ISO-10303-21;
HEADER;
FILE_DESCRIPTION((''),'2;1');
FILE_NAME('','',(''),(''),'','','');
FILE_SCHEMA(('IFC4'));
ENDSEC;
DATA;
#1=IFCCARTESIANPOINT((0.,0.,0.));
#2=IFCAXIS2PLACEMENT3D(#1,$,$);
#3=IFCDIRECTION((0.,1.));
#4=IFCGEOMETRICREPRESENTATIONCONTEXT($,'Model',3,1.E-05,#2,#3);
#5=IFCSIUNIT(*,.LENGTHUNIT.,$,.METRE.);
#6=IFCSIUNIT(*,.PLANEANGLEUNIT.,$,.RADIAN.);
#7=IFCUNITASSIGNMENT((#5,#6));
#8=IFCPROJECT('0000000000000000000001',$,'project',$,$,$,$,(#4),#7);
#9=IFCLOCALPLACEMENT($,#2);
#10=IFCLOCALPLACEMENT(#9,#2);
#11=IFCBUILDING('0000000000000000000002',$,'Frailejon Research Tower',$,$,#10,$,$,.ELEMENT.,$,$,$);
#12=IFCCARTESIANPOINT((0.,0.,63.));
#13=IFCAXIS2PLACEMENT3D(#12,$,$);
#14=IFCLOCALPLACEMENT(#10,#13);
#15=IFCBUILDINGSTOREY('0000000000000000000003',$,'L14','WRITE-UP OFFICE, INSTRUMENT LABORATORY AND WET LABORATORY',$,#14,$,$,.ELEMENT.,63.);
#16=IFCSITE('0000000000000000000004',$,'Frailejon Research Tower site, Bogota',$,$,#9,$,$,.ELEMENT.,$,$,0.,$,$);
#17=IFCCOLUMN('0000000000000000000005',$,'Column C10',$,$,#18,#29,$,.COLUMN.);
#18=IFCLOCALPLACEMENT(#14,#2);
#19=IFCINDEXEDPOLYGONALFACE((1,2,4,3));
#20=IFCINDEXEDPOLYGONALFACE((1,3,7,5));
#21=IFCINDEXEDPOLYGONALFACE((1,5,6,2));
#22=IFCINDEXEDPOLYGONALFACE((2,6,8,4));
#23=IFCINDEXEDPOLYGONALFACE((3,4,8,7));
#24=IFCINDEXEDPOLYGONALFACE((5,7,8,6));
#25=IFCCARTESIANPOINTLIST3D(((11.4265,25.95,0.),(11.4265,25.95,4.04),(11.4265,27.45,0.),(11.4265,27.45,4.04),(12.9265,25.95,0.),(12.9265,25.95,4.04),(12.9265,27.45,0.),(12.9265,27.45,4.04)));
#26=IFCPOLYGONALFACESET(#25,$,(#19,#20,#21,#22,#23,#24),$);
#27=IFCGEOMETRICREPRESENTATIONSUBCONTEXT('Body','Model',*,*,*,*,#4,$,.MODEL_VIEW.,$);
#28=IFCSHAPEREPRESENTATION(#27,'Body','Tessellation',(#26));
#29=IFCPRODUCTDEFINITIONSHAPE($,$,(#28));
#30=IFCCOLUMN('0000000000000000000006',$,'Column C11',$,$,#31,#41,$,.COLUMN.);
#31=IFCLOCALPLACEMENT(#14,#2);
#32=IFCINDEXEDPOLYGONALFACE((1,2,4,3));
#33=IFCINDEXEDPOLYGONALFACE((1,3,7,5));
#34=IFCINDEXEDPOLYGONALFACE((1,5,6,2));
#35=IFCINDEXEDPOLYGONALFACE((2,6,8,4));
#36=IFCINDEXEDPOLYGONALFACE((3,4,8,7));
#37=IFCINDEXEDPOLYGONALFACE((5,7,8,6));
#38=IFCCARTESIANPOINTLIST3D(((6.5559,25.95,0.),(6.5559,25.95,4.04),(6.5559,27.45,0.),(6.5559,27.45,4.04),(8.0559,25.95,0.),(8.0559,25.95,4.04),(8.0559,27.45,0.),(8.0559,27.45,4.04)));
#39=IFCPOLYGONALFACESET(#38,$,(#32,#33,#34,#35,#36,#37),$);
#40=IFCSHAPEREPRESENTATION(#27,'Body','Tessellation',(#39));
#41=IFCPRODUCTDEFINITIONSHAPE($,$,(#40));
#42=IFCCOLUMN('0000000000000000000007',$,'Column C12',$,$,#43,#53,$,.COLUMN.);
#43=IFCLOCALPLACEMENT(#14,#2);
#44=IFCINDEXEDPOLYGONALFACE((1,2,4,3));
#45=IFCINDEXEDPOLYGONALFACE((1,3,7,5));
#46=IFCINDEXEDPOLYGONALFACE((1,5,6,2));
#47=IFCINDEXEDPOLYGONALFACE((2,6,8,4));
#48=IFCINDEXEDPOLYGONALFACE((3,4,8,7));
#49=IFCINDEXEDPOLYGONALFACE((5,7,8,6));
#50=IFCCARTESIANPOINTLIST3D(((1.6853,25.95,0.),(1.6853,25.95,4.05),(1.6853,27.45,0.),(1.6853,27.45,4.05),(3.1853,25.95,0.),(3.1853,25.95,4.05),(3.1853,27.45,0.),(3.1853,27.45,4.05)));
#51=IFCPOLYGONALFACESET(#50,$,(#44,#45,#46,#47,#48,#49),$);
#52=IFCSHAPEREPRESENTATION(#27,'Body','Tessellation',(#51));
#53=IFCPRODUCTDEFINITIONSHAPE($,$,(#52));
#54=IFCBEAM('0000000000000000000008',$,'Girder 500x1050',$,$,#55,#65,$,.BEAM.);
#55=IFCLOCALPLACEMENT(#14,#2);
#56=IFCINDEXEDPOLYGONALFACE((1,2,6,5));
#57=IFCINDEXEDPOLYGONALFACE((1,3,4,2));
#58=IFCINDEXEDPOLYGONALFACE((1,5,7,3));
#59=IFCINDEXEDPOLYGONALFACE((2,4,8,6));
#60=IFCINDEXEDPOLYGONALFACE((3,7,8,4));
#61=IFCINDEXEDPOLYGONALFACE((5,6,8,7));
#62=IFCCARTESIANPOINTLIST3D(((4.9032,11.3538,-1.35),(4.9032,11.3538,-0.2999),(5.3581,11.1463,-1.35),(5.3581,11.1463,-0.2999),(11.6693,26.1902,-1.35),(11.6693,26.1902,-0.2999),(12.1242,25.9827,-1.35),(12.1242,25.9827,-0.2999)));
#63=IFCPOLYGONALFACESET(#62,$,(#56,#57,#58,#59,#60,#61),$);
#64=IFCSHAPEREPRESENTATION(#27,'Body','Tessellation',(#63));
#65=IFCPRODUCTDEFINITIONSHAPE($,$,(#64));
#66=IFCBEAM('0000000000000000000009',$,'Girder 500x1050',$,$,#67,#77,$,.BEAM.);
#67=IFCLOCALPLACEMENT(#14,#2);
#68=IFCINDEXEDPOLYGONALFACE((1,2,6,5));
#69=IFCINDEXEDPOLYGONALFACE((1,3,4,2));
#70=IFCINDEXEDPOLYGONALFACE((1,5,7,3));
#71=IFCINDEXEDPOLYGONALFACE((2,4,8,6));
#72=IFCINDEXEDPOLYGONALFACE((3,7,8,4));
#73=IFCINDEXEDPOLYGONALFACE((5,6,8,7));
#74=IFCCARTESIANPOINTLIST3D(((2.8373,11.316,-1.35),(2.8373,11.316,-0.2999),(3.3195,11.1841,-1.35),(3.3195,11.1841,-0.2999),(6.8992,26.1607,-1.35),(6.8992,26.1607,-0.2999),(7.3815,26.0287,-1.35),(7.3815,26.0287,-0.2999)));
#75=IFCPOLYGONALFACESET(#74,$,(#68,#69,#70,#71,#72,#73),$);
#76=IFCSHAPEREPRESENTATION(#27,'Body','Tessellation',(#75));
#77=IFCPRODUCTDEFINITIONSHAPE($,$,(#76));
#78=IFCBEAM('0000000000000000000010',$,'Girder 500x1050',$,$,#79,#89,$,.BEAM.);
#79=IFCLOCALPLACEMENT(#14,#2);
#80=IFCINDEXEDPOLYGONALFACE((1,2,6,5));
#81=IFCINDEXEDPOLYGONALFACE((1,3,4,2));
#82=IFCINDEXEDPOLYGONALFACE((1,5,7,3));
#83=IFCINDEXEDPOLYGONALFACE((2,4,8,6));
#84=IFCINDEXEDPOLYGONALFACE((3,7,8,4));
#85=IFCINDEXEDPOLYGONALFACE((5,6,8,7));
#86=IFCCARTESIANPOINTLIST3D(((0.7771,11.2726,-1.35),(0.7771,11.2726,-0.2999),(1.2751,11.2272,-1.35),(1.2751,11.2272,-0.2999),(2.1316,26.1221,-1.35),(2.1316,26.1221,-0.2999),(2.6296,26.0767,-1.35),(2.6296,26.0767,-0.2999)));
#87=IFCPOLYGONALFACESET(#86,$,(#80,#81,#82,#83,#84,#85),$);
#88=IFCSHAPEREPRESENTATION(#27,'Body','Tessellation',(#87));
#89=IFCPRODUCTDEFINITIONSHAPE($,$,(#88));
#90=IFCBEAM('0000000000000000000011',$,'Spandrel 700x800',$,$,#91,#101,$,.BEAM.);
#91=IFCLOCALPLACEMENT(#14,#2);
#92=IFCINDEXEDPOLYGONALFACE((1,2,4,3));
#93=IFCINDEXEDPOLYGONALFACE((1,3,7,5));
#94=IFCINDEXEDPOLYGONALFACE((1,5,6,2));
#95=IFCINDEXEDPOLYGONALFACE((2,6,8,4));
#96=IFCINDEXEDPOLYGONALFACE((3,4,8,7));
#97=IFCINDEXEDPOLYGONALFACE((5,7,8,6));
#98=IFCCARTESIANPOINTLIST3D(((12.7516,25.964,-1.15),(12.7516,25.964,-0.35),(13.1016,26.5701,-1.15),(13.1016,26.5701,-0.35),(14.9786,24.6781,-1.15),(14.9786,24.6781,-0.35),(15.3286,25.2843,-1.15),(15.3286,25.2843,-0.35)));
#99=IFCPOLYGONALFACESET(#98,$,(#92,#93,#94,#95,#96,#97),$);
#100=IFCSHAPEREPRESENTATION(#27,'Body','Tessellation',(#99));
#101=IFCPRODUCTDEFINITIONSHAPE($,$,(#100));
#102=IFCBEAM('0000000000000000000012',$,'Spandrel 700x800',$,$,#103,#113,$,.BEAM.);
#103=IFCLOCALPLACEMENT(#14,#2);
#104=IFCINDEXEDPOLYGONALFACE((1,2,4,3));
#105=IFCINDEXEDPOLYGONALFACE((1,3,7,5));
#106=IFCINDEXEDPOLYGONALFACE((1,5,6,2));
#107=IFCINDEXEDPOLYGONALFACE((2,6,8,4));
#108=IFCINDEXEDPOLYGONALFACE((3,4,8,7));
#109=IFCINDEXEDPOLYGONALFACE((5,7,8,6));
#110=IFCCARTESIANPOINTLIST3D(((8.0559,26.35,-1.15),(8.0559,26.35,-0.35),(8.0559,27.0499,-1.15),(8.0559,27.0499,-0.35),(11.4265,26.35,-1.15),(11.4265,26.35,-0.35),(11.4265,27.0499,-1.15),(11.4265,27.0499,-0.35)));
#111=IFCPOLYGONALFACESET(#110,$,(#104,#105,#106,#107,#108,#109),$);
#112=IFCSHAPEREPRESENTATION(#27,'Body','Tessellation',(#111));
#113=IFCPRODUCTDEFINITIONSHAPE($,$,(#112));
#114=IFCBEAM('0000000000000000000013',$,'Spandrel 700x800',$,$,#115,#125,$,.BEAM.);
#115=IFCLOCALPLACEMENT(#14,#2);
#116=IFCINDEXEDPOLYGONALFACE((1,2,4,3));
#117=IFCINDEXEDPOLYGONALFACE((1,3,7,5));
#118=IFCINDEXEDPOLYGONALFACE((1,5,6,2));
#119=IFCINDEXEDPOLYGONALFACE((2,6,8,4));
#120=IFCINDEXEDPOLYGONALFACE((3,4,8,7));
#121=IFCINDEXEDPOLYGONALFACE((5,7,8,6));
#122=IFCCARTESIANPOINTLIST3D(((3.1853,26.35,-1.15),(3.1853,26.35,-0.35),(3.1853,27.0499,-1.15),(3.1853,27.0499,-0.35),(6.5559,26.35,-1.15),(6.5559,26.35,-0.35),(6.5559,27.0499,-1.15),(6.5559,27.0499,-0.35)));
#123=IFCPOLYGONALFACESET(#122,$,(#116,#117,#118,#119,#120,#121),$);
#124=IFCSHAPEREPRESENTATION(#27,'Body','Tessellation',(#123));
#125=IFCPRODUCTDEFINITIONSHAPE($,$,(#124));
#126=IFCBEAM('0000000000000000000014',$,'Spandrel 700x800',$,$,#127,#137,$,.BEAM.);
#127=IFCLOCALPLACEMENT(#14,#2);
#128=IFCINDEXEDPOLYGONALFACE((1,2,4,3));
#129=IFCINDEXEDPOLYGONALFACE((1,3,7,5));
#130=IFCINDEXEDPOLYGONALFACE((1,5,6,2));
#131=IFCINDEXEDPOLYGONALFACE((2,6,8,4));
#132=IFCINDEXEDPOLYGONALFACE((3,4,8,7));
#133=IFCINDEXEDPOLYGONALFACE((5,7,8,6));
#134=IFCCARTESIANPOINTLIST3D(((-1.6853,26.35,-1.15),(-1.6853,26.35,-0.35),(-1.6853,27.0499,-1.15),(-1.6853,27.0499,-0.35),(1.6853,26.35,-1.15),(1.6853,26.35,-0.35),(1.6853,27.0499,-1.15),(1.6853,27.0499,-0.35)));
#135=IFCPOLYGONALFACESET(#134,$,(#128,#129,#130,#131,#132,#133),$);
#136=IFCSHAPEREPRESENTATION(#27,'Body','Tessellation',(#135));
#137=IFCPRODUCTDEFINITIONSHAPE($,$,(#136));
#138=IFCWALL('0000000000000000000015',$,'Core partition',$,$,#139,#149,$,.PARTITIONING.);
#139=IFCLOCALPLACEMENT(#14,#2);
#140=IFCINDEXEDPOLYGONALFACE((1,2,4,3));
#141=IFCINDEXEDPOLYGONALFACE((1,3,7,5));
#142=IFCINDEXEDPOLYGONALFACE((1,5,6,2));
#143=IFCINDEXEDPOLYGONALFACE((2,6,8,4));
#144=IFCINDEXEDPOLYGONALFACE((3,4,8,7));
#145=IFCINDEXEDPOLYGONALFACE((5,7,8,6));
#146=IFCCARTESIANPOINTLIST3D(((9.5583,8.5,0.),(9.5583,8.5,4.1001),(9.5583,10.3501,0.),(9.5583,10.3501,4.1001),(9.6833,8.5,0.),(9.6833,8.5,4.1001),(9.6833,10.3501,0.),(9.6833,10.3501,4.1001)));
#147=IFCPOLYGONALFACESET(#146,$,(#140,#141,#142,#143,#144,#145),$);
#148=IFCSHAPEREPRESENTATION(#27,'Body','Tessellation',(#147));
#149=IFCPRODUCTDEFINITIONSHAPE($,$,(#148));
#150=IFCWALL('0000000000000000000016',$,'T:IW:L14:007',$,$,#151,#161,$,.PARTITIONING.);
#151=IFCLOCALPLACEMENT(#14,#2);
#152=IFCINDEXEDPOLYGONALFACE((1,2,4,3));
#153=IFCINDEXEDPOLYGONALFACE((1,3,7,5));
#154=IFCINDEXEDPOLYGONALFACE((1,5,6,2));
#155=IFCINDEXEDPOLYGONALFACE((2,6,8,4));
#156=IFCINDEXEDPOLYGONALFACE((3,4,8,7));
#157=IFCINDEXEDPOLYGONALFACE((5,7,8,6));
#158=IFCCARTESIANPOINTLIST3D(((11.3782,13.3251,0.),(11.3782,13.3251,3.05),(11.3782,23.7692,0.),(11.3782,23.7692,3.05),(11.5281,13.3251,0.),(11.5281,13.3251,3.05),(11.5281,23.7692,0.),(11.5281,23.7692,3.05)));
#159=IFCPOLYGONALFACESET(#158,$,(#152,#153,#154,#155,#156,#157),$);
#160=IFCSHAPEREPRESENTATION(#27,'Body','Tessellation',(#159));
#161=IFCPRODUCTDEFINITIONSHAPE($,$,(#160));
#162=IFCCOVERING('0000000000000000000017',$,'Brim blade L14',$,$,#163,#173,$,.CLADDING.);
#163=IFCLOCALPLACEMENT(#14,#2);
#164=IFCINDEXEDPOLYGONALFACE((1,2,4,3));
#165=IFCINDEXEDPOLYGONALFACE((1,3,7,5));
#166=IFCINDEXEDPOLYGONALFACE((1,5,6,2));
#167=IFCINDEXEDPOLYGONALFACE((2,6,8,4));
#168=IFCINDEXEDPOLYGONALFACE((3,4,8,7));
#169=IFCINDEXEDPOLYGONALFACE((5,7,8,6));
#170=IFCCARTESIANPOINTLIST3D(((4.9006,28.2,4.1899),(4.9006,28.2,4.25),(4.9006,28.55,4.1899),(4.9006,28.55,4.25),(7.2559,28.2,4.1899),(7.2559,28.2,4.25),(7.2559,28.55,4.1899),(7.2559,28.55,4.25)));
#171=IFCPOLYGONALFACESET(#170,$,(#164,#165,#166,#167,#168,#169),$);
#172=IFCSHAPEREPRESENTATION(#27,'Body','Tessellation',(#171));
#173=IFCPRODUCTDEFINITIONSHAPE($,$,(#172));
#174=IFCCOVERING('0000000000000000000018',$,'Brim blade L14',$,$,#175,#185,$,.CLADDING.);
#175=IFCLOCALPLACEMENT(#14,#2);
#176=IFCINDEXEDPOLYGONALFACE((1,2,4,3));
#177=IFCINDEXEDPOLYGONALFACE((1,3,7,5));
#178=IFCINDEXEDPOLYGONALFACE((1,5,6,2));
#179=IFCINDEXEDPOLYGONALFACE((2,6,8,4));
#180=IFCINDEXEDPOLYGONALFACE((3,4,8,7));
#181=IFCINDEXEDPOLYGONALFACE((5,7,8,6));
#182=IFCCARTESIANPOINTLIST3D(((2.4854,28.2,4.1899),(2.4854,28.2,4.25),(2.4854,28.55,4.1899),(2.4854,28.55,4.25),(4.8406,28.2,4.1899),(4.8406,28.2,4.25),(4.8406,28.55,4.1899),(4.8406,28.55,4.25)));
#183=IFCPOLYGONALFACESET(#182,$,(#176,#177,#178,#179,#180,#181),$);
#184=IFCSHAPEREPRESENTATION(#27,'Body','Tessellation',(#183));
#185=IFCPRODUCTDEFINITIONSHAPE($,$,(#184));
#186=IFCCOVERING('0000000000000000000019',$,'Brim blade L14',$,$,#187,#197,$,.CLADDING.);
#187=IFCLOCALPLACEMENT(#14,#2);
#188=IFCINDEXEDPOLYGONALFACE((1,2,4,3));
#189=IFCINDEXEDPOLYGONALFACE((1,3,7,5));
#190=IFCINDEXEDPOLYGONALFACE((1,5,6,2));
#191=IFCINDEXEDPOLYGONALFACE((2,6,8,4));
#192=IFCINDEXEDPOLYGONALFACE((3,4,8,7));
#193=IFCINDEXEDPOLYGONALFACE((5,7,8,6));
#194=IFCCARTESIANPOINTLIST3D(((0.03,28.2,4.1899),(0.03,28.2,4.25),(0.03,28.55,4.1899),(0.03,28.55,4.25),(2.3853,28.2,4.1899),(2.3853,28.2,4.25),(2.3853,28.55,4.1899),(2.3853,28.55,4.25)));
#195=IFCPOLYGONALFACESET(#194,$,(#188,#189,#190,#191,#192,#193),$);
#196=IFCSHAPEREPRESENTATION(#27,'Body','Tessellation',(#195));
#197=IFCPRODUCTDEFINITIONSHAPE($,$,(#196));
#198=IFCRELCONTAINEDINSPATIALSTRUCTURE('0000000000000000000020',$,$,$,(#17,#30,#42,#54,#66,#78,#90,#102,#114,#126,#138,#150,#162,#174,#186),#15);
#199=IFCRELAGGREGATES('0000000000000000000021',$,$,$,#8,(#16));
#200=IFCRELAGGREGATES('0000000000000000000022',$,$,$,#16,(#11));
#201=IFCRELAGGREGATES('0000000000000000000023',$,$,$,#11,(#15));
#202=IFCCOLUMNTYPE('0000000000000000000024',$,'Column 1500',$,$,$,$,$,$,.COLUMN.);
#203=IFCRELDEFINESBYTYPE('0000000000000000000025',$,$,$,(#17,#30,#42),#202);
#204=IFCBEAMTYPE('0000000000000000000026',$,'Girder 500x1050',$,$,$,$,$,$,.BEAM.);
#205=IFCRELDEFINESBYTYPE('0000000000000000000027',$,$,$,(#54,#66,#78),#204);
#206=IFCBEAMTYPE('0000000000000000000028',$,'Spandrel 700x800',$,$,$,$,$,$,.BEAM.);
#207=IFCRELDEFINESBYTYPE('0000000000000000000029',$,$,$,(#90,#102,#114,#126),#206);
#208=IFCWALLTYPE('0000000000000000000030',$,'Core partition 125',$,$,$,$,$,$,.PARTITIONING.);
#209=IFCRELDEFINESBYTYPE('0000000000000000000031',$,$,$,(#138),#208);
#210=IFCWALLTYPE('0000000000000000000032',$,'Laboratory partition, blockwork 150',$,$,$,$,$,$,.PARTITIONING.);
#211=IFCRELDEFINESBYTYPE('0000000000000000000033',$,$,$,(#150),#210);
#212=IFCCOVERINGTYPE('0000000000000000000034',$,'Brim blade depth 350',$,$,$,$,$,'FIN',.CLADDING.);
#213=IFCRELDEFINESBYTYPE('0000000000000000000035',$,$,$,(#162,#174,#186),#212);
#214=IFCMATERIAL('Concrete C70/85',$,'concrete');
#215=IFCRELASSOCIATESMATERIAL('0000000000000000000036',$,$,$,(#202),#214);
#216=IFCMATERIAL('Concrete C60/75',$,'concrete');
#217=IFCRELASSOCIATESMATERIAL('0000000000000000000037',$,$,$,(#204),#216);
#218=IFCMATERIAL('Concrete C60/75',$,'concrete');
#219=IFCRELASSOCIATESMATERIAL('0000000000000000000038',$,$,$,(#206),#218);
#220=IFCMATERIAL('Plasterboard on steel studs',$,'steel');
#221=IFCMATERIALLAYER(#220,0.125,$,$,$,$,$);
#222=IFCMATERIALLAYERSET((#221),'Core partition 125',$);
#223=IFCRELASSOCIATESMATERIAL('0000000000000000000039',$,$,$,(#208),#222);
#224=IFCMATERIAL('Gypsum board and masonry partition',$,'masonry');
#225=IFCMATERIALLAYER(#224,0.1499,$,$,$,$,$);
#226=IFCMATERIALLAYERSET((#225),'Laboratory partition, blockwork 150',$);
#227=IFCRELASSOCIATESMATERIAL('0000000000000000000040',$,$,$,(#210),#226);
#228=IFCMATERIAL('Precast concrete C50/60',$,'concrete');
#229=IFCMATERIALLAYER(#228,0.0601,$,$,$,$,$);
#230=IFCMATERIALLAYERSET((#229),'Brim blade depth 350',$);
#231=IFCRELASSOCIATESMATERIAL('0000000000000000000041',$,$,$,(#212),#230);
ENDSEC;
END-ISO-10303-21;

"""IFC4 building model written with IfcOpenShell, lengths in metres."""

from ifc_helpers import new_model, si_unit, direction, frame, frame_2d, origin, origin_2d, place, context, subcontext, project, spatial, polyline, rectangle, outline, extrude, material, layer, layer_set, material_profile, profile_set, type_object, element, save


model = new_model("IFC4")

# Units and contexts
model_context = context("Model", 3, precision=1e-05, world=origin(), true_north=direction((0.0, 1.0)))
body_context = subcontext(model_context, "Body", "Model", "MODEL_VIEW")
ifc_project = project(units=[si_unit("LENGTHUNIT", "METRE"), si_unit("PLANEANGLEUNIT", "RADIAN")], contexts=[model_context])

# Site, building, storey
site_placement = place(None, origin())
site = spatial("IfcSite", under=ifc_project, at=site_placement, Name="Frailejon Research Tower site, Bogota", CompositionType="ELEMENT", RefElevation=0.0)
building_placement = place(site_placement, origin())
building = spatial("IfcBuilding", under=site, at=building_placement, Name="Frailejon Research Tower", CompositionType="ELEMENT")
storey_placement = place(building_placement, frame((0.0, 0.0, 63.0)))
storey = spatial("IfcBuildingStorey", under=building, at=storey_placement, Name="L14", Description="WRITE-UP OFFICE, INSTRUMENT LABORATORY AND WET LABORATORY", CompositionType="ELEMENT", Elevation=63.0)

# Columns
ifc_material_1 = material(Name="Concrete C70/85", Category="concrete")
ifc_material_profile_1 = material_profile(ifc_material_1, rectangle(XDim=1.5, YDim=1.5, at=origin_2d()), Name="Column 1500")
ifc_profile_set_1 = profile_set([ifc_material_profile_1], Name="Concrete C70/85")
column_type = type_object("IfcColumnType", Name="Column 1500", PredefinedType="COLUMN", material=ifc_profile_set_1)
for number, where, z_axis, x_axis, name in (
    (1, (12.1765, 26.7, 0.0), (0.0, 0.0, 1.0), (-1.0, 0.0, 0.0), "Column C10"),
    (2, (7.3059, 26.7, 0.0), (0.0, 0.0, 1.0), (-1.0, 0.0, 0.0), "Column C11"),
):
    element("IfcColumn", number, at=place(storey_placement, frame(where, z_axis=z_axis, x_axis=x_axis)), inside=storey, type_object=column_type, Name=name, PredefinedType="COLUMN", context=body_context, shape_type="SweptSolid", body=[
        extrude(rectangle(XDim=1.5, YDim=1.5, at=origin_2d()), origin(), (0.0, 0.0, 1.0), 4.04),
    ])
column_placement = place(storey_placement, frame((2.4353, 26.7, 0.0), z_axis=(0.0, 0.0, 1.0), x_axis=(-1.0, 0.0, 0.0)))
element("IfcColumn", 3, at=column_placement, inside=storey, type_object=column_type, Name="Column C12", PredefinedType="COLUMN", context=body_context, shape_type="SweptSolid", body=[
    extrude(rectangle(XDim=1.5, YDim=1.5, at=origin_2d()), origin(), (0.0, 0.0, 1.0), 4.05),
])

# Beams
ifc_material_2 = material(Name="Concrete C60/75", Category="concrete")
ifc_material_profile_2 = material_profile(ifc_material_2, rectangle(XDim=0.5, YDim=1.05, at=origin_2d()), Name="Girder 500x1050")
ifc_profile_set_2 = profile_set([ifc_material_profile_2], Name="Concrete C60/75")
beam_type_1 = type_object("IfcBeamType", Name="Girder 500x1050", PredefinedType="BEAM", material=ifc_profile_set_2)
beam_1_placement = place(storey_placement, frame((11.8967, 26.0864, -0.825), z_axis=(-0.414935, -0.909851, 0.0), x_axis=(0.909851, -0.414935, 0.0)))
element("IfcBeam", 4, at=beam_1_placement, inside=storey, type_object=beam_type_1, Name="Girder 500x1050", PredefinedType="BEAM", context=body_context, shape_type="SweptSolid", body=[
    extrude(rectangle(XDim=0.5, YDim=1.05, at=origin_2d()), origin(), (0.0, 0.0, 1.0), 16.3064),
])
beam_2_placement = place(storey_placement, frame((7.1404, 26.0947, -0.825), z_axis=(-0.263931, -0.964542, 0.0), x_axis=(0.964542, -0.263931, 0.0)))
element("IfcBeam", 5, at=beam_2_placement, inside=storey, type_object=beam_type_1, Name="Girder 500x1050", PredefinedType="BEAM", context=body_context, shape_type="SweptSolid", body=[
    extrude(rectangle(XDim=0.5, YDim=1.05, at=origin_2d()), origin(), (0.0, 0.0, 1.0), 15.3904),
])
beam_3_placement = place(storey_placement, frame((2.3806, 26.0994, -0.825), z_axis=(-0.090838, -0.995866, 0.0), x_axis=(0.995866, -0.090838, 0.0)))
element("IfcBeam", 6, at=beam_3_placement, inside=storey, type_object=beam_type_1, Name="Girder 500x1050", PredefinedType="BEAM", context=body_context, shape_type="SweptSolid", body=[
    extrude(rectangle(XDim=0.5, YDim=1.05, at=origin_2d()), origin(), (0.0, 0.0, 1.0), 14.9111),
])
ifc_material_3 = material(Name="Concrete C60/75", Category="concrete")
ifc_material_profile_3 = material_profile(ifc_material_3, rectangle(XDim=0.7, YDim=0.8, at=origin_2d()), Name="Spandrel 700x800")
ifc_profile_set_3 = profile_set([ifc_material_profile_3], Name="Concrete C60/75")
beam_type_2 = type_object("IfcBeamType", Name="Spandrel 700x800", PredefinedType="BEAM", material=ifc_profile_set_3)
beam_4_placement = place(storey_placement, frame((15.1536, 24.9812, -0.75), z_axis=(-0.866009, 0.500029, 0.0), x_axis=(-0.500029, -0.866009, 0.0)))
element("IfcBeam", 7, at=beam_4_placement, inside=storey, type_object=beam_type_2, Name="Spandrel 700x800", PredefinedType="BEAM", context=body_context, shape_type="SweptSolid", body=[
    extrude(rectangle(XDim=0.7, YDim=0.8, at=origin_2d()), origin(), (0.0, 0.0, 1.0), 2.5715),
])
for number, where, z_axis, x_axis, name in (
    (8, (11.4265, 26.7, -0.75), (-1.0, 0.0, 0.0), (0.0, -1.0, 0.0), "Spandrel 700x800"),
    (9, (6.5559, 26.7, -0.75), (-1.0, 0.0, 0.0), (0.0, -1.0, 0.0), "Spandrel 700x800"),
    (10, (1.6853, 26.7, -0.75), (-1.0, 0.0, 0.0), (0.0, -1.0, 0.0), "Spandrel 700x800"),
):
    element("IfcBeam", number, at=place(storey_placement, frame(where, z_axis=z_axis, x_axis=x_axis)), inside=storey, type_object=beam_type_2, Name=name, PredefinedType="BEAM", context=body_context, shape_type="SweptSolid", body=[
        extrude(rectangle(XDim=0.7, YDim=0.8, at=origin_2d()), origin(), (0.0, 0.0, 1.0), 3.3706),
    ])

# Walls
ifc_material_4 = material(Name="Plasterboard on steel studs", Category="steel")
ifc_layer_1 = layer(ifc_material_4, 0.125)
ifc_layer_set_1 = layer_set([ifc_layer_1], Name="Core partition 125")
wall_type_1 = type_object("IfcWallType", Name="Core partition 125", PredefinedType="PARTITIONING", material=ifc_layer_set_1)
wall_1_placement = place(storey_placement, frame((9.6208, 8.5, 0.0), z_axis=(0.0, 0.0, 1.0), x_axis=(0.0, 1.0, 0.0)))
element("IfcWall", 11, at=wall_1_placement, inside=storey, type_object=wall_type_1, Name="Core partition", PredefinedType="PARTITIONING", context=body_context, shape_type="SweptSolid", body=[
    extrude(rectangle(XDim=1.8501, YDim=0.125, at=frame_2d((0.925, 0.0))), origin(), (0.0, 0.0, 1.0), 4.1001),
])
ifc_material_5 = material(Name="Gypsum board and masonry partition", Category="masonry")
ifc_layer_2 = layer(ifc_material_5, 0.1499)
ifc_layer_set_2 = layer_set([ifc_layer_2], Name="Laboratory partition, blockwork 150")
wall_type_2 = type_object("IfcWallType", Name="Laboratory partition, blockwork 150", PredefinedType="PARTITIONING", material=ifc_layer_set_2)
wall_2_placement = place(storey_placement, frame((11.4531, 13.325, 0.0), z_axis=(0.0, 0.0, 1.0), x_axis=(0.0, 1.0, 0.0)))
element("IfcWall", 12, at=wall_2_placement, inside=storey, type_object=wall_type_2, Name="T:IW:L14:007", PredefinedType="PARTITIONING", context=body_context, shape_type="SweptSolid", body=[
    extrude(rectangle(XDim=10.4441, YDim=0.1499, at=frame_2d((5.2222, 0.0))), origin(), (0.0, 0.0, 1.0), 3.05),
])

# Coverings
ifc_material_6 = material(Name="Precast concrete C50/60", Category="concrete")
ifc_layer_3 = layer(ifc_material_6, 0.0601)
ifc_layer_set_3 = layer_set([ifc_layer_3], Name="Brim blade depth 350")
covering_type_1 = type_object("IfcCoveringType", Name="Brim blade depth 350", ElementType="FIN", PredefinedType="CLADDING", material=ifc_layer_set_3)
for number, where, z_axis, x_axis, name in (
    (13, (4.9006, 28.2, 4.25), (1.0, 0.0, 0.0), (0.0, 1.0, 0.0), "Brim blade L14"),
    (14, (2.4854, 28.2, 4.25), (1.0, 0.0, 0.0), (0.0, 1.0, 0.0), "Brim blade L14"),
    (15, (0.03, 28.2, 4.25), (1.0, 0.0, 0.0), (0.0, 1.0, 0.0), "Brim blade L14"),
):
    element("IfcCovering", number, at=place(storey_placement, frame(where, z_axis=z_axis, x_axis=x_axis)), inside=storey, type_object=covering_type_1, Name=name, PredefinedType="CLADDING", context=body_context, shape_type="SweptSolid", body=[
        extrude(outline(polyline([(0.0, -0.0601), (0.3501, -0.0601), (0.3501, 0.0), (0.0, 0.0), (0.0, -0.0601)])), origin(), (0.0, 0.0, 1.0), 2.3552),
    ])

save(model, "model.ifc")
